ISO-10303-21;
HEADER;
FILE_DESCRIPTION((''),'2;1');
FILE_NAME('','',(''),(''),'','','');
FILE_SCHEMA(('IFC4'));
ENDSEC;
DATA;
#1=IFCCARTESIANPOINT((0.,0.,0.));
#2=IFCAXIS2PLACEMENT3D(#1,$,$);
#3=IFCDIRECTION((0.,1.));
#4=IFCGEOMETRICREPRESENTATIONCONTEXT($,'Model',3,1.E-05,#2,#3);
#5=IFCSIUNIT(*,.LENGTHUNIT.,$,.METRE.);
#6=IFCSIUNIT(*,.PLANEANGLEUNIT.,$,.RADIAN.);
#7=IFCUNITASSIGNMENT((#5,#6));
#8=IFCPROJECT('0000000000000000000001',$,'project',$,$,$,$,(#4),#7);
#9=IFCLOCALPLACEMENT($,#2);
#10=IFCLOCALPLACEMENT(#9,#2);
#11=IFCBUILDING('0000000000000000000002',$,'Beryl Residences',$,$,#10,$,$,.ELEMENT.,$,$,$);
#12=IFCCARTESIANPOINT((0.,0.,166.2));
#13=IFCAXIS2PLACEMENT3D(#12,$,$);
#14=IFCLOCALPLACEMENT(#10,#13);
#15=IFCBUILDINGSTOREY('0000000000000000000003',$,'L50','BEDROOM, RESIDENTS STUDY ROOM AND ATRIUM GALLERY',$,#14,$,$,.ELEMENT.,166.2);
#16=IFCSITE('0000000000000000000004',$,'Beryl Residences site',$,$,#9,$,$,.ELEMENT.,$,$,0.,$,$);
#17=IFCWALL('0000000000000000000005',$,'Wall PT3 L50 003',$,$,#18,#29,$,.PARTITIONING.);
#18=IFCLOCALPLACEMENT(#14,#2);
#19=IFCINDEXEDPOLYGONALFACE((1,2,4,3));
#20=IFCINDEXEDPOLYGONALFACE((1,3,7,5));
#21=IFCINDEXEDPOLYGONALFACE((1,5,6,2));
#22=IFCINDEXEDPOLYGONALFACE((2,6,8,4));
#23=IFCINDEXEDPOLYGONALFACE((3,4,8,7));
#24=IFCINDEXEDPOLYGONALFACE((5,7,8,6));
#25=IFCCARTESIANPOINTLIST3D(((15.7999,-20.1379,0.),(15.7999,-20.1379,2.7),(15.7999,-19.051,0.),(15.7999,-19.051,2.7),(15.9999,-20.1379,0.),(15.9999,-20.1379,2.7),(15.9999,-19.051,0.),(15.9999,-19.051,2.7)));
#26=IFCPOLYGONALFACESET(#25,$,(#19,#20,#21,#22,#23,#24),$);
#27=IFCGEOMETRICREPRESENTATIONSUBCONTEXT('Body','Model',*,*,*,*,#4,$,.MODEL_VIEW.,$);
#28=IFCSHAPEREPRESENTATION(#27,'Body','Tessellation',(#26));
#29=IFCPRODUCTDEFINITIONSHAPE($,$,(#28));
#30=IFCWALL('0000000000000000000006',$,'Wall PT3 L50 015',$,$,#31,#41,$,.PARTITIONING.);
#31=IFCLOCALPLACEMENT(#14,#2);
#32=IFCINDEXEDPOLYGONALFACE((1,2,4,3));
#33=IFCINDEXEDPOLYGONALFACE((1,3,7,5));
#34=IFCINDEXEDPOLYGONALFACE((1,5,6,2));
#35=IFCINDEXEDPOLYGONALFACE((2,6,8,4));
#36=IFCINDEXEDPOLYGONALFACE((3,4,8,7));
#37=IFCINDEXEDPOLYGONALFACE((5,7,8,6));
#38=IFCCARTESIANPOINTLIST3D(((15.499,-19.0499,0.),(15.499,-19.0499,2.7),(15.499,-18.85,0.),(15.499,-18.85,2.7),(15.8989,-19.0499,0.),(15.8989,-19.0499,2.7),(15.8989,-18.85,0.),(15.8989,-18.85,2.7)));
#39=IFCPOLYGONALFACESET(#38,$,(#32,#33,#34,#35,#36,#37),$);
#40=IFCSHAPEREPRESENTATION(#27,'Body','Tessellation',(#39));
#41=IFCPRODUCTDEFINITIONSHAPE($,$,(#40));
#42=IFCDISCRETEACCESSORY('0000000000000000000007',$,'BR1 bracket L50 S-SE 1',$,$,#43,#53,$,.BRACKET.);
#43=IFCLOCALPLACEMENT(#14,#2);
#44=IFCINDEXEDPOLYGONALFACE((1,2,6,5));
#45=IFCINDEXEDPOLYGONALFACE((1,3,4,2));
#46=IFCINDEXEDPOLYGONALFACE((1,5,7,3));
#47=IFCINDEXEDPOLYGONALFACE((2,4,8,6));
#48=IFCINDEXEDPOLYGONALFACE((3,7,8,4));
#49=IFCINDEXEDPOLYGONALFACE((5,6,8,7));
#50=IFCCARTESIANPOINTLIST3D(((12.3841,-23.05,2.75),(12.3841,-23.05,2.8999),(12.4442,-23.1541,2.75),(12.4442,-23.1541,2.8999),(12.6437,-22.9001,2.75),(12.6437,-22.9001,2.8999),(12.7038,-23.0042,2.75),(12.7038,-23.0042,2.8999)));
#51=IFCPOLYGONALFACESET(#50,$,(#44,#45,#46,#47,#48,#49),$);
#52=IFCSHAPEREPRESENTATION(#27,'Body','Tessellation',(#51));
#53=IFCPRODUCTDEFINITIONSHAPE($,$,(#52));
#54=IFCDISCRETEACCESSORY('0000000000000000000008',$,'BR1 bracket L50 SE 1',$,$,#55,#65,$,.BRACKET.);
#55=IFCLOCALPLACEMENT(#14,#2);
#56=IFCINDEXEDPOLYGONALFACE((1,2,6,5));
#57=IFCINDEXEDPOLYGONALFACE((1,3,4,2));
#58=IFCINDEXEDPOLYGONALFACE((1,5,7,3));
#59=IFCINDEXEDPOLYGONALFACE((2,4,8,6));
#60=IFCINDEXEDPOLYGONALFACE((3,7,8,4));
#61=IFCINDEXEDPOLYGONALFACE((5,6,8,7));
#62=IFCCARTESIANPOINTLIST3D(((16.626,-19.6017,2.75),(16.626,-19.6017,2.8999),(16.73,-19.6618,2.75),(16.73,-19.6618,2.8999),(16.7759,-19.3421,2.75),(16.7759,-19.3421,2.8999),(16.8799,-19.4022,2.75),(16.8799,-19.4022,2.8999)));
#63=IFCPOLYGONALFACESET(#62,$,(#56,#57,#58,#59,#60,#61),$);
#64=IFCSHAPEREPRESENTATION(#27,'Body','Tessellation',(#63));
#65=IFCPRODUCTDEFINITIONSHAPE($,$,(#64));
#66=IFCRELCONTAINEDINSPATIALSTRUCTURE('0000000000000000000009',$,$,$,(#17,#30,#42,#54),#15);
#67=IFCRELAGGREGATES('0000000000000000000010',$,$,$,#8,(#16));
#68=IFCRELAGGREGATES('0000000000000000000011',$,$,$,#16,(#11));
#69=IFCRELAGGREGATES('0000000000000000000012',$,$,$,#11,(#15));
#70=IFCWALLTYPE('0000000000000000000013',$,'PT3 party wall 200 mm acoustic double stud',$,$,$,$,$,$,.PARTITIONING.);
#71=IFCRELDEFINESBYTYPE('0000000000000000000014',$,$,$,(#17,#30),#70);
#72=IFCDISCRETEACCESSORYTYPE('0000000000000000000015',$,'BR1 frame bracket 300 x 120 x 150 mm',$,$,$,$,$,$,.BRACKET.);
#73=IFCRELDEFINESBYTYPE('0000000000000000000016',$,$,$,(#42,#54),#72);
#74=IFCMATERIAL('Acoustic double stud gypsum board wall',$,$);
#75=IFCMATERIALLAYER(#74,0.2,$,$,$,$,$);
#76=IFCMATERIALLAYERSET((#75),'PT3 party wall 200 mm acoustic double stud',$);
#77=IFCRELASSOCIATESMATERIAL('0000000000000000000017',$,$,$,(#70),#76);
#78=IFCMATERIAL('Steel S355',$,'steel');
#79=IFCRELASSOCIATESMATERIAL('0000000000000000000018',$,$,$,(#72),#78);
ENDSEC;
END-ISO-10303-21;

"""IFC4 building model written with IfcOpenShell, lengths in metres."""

from ifc_helpers import new_model, si_unit, direction, frame, frame_2d, origin, place, context, subcontext, project, spatial, polyline, rectangle, outline, extrude, source, transform, mapped, material, layer, layer_set, type_object, type_shapes, element, save


model = new_model("IFC4")

# Units and contexts
model_context = context("Model", 3, precision=1e-05, world=origin(), true_north=direction((0.0, 1.0)))
body_context = subcontext(model_context, "Body", "Model", "MODEL_VIEW")
ifc_project = project(units=[si_unit("LENGTHUNIT", "METRE"), si_unit("PLANEANGLEUNIT", "RADIAN")], contexts=[model_context])

# Site, building, storey
site_placement = place(None, origin())
site = spatial("IfcSite", under=ifc_project, at=site_placement, Name="Beryl Residences site", CompositionType="ELEMENT", RefElevation=0.0)
building_placement = place(site_placement, origin())
building = spatial("IfcBuilding", under=site, at=building_placement, Name="Beryl Residences", CompositionType="ELEMENT")
storey_placement = place(building_placement, frame((0.0, 0.0, 166.2)))
storey = spatial("IfcBuildingStorey", under=building, at=storey_placement, Name="L50", Description="BEDROOM, RESIDENTS STUDY ROOM AND ATRIUM GALLERY", CompositionType="ELEMENT", Elevation=166.2)

# Walls
ifc_material_1 = material(Name="Acoustic double stud gypsum board wall")
ifc_layer_1 = layer(ifc_material_1, 0.2)
ifc_layer_set_1 = layer_set([ifc_layer_1], Name="PT3 party wall 200 mm acoustic double stud")
wall_type_1 = type_object("IfcWallType", Name="PT3 party wall 200 mm acoustic double stud", PredefinedType="PARTITIONING", material=ifc_layer_set_1)
wall_1_placement = place(storey_placement, frame((15.8999, -19.051, 0.0), z_axis=(0.0, 0.0, 1.0), x_axis=(0.0, -1.0, 0.0)))
element("IfcWall", 1, at=wall_1_placement, inside=storey, type_object=wall_type_1, Name="Wall PT3 L50 003", PredefinedType="PARTITIONING", context=body_context, shape_type="SweptSolid", body=[
    extrude(rectangle(XDim=1.0869, YDim=0.2, at=frame_2d((0.5435, 0.0))), origin(), (0.0, 0.0, 1.0), 2.7),
])
wall_2_placement = place(storey_placement, frame((15.499, -18.95, 0.0), z_axis=(0.0, 0.0, 1.0), x_axis=(1.0, 0.0, 0.0)))
element("IfcWall", 2, at=wall_2_placement, inside=storey, type_object=wall_type_1, Name="Wall PT3 L50 015", PredefinedType="PARTITIONING", context=body_context, shape_type="SweptSolid", body=[
    extrude(rectangle(XDim=0.3999, YDim=0.2, at=frame_2d((0.2, 0.0))), origin(), (0.0, 0.0, 1.0), 2.7),
])

# Discrete accessories
ifc_material_2 = material(Name="Steel S355", Category="steel")
discrete_accessory_type = type_object("IfcDiscreteAccessoryType", Name="BR1 frame bracket 300 x 120 x 150 mm", PredefinedType="BRACKET", material=ifc_material_2)
shared_shape_1 = source(origin(), body_context, "Body", "SweptSolid", [
    extrude(outline(polyline([(-0.1499, 0.0), (0.1499, 0.0), (0.1499, 0.1201), (-0.1499, 0.1201), (-0.1499, 0.0)])), origin(), (0.0, 0.0, 1.0), 0.1499),
])
type_shapes(discrete_accessory_type, [shared_shape_1])
for number, where, z_axis, x_axis, name in (
    (3, (12.5139, -22.9751, 2.75), (0.0, 0.0, 1.0), (-0.866025, -0.5, 0.0), "BR1 bracket L50 S-SE 1"),
    (4, (16.7009, -19.4719, 2.75), (0.0, 0.0, 1.0), (-0.5, -0.866025, 0.0), "BR1 bracket L50 SE 1"),
):
    element("IfcDiscreteAccessory", number, at=place(storey_placement, frame(where, z_axis=z_axis, x_axis=x_axis)), inside=storey, type_object=discrete_accessory_type, Name=name, PredefinedType="BRACKET", context=body_context, shape_type="MappedRepresentation", body=[
        mapped(shared_shape_1, transform((0.0, 0.0, 0.0))),
    ])

save(model, "model.ifc")
